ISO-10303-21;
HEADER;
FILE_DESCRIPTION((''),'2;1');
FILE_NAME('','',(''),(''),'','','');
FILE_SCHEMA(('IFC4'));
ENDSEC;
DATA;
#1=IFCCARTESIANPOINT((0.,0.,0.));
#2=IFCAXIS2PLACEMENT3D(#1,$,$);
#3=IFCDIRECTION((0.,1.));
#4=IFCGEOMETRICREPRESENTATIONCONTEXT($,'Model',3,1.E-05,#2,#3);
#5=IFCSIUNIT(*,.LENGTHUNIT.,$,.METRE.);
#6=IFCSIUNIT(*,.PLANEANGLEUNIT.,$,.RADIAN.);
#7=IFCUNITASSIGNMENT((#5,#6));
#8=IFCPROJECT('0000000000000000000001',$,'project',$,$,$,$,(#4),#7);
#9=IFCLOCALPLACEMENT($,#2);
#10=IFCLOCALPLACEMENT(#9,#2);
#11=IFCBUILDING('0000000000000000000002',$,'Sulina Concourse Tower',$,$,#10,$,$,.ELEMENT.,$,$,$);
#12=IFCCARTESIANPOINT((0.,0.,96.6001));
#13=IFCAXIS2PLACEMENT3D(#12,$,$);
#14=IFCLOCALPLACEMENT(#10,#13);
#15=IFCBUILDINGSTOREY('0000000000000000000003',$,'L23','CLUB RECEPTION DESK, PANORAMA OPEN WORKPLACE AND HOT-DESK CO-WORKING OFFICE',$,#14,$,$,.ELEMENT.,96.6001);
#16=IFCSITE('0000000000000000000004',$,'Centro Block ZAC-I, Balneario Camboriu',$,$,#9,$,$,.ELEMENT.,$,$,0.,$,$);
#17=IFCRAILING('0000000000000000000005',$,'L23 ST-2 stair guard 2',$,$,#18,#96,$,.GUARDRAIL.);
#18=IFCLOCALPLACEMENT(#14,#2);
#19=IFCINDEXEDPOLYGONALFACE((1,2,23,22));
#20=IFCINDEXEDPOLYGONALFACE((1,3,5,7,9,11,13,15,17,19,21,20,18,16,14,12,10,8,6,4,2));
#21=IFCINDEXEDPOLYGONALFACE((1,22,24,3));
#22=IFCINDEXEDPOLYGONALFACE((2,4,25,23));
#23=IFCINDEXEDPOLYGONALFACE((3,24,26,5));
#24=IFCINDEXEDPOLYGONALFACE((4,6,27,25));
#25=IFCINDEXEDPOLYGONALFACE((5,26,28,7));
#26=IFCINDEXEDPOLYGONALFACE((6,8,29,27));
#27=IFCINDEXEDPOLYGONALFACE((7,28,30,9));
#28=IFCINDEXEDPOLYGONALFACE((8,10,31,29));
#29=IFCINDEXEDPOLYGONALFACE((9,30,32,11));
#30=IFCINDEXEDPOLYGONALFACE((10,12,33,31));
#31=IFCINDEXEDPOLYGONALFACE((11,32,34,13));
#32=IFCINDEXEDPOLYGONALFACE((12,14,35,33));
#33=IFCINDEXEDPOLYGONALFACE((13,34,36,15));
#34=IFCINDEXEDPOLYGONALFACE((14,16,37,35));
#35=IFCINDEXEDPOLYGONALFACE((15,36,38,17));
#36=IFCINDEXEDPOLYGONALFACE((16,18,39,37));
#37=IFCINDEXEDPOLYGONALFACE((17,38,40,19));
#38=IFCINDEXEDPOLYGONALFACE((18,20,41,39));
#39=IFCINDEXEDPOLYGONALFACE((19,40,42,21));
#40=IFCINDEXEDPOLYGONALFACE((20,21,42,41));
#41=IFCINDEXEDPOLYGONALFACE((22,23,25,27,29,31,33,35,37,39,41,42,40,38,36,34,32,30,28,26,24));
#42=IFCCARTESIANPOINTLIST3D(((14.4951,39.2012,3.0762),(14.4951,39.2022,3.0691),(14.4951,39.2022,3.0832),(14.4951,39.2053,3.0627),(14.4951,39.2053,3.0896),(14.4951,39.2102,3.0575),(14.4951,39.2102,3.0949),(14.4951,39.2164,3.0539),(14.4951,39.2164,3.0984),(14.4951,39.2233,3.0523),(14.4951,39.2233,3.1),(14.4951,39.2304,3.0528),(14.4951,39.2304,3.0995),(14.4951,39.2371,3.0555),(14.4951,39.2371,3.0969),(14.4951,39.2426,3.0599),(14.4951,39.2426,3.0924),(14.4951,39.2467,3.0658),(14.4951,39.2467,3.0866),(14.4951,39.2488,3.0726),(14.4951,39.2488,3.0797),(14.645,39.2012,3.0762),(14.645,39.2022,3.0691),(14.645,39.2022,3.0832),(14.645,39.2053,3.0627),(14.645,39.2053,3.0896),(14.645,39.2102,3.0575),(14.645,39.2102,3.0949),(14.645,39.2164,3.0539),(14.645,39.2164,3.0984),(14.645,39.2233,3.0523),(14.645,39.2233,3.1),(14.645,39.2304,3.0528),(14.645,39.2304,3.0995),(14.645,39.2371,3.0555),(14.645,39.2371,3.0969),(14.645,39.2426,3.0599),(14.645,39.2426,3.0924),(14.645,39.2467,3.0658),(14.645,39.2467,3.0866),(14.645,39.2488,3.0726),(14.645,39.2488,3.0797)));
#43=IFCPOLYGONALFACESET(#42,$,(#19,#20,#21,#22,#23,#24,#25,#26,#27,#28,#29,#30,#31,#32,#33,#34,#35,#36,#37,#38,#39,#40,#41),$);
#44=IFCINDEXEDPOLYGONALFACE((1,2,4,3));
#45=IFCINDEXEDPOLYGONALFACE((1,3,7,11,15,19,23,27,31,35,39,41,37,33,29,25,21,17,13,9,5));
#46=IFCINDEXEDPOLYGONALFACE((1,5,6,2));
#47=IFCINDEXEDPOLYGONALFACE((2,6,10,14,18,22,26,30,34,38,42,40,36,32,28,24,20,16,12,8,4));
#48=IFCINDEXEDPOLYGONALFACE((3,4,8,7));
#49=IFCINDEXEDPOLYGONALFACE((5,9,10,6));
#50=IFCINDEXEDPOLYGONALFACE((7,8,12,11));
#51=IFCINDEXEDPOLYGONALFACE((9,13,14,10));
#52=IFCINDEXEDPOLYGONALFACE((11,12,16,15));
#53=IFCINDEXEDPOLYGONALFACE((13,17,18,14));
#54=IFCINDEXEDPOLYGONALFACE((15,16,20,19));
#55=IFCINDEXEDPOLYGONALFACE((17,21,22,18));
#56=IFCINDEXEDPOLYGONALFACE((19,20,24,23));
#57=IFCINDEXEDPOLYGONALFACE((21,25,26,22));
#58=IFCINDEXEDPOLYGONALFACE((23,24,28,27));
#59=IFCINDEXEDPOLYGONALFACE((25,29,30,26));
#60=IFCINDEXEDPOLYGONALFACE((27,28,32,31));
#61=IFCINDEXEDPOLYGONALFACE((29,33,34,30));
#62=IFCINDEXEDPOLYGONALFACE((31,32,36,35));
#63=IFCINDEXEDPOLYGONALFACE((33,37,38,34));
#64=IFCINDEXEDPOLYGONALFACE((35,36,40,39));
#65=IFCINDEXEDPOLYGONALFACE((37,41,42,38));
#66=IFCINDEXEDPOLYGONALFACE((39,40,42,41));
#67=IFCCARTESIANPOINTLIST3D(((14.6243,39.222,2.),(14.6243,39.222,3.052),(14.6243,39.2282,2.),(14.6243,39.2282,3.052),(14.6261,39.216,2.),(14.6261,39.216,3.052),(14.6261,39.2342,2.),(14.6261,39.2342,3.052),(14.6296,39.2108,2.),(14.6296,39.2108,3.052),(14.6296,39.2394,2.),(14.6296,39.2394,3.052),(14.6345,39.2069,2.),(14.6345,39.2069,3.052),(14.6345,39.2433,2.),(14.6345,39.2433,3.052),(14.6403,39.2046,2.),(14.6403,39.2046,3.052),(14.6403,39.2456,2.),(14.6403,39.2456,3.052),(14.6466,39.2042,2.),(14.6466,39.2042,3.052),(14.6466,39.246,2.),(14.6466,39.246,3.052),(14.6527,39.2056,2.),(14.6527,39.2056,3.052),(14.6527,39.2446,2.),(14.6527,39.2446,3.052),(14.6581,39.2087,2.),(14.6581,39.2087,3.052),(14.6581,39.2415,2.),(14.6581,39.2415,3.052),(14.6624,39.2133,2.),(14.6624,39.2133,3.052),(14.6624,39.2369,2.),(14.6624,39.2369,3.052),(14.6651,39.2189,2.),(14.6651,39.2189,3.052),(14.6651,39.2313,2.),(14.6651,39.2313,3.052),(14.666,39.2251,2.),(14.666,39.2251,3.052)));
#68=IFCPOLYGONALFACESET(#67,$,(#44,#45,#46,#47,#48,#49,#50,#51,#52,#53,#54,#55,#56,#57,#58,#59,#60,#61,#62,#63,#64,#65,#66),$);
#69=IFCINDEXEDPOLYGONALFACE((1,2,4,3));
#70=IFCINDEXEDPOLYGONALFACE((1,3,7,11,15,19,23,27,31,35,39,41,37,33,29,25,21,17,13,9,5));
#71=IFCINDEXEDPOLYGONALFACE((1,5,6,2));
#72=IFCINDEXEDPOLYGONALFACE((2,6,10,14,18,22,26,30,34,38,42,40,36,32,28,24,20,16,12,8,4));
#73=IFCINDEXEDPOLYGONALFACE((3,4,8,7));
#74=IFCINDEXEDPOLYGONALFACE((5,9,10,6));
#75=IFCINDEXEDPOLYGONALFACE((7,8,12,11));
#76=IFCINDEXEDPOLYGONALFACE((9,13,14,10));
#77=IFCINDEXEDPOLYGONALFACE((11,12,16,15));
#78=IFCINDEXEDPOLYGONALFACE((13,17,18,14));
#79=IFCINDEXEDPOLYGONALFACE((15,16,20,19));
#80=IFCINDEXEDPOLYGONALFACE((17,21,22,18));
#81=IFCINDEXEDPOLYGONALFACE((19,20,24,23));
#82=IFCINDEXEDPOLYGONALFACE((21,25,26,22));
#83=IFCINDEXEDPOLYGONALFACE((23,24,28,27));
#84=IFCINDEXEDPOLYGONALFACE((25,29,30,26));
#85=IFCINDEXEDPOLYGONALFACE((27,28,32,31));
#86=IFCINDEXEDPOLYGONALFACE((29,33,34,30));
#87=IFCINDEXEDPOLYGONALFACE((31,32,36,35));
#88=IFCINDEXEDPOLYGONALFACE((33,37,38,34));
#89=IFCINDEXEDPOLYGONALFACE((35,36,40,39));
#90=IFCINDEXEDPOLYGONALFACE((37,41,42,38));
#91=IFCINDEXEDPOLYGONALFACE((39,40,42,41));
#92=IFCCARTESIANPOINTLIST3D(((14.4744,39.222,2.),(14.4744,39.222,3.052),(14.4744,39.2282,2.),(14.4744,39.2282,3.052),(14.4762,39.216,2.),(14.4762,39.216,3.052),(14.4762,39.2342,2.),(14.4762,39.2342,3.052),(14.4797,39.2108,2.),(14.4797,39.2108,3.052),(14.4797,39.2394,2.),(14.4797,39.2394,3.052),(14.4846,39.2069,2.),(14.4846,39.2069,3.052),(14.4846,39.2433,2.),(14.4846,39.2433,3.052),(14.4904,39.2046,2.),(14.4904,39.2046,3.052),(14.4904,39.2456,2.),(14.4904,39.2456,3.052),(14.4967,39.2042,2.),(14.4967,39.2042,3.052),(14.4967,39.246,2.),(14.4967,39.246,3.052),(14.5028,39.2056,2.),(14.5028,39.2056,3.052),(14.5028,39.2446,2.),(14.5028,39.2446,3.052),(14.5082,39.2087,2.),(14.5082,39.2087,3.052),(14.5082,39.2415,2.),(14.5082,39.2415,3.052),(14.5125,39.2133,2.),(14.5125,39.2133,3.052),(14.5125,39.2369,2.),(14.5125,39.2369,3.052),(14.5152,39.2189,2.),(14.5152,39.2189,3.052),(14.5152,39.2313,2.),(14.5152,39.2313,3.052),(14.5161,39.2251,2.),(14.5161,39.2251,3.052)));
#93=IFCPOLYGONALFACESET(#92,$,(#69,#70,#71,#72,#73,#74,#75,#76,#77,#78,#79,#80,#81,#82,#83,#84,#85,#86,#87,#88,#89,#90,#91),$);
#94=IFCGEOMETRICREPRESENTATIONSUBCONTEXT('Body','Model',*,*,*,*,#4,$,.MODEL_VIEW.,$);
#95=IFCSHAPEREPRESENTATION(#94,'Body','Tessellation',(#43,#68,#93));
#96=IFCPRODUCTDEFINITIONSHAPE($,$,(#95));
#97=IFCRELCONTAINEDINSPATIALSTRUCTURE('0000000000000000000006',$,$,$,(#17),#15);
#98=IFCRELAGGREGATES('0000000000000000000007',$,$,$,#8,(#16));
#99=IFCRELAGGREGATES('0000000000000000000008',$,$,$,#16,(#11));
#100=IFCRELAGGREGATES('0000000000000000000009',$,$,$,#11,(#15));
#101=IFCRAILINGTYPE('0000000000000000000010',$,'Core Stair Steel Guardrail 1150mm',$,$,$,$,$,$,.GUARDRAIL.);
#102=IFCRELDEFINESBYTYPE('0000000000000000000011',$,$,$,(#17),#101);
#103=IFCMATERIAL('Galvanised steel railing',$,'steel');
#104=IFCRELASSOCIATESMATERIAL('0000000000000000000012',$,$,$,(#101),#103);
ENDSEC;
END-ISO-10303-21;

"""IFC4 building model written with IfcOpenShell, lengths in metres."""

from ifc_helpers import new_model, si_unit, direction, frame, origin, origin_2d, place, context, subcontext, project, spatial, circle, extrude, material, type_object, element, save


model = new_model("IFC4")

# Units and contexts
model_context = context("Model", 3, precision=1e-05, world=origin(), true_north=direction((0.0, 1.0)))
body_context = subcontext(model_context, "Body", "Model", "MODEL_VIEW")
ifc_project = project(units=[si_unit("LENGTHUNIT", "METRE"), si_unit("PLANEANGLEUNIT", "RADIAN")], contexts=[model_context])

# Site, building, storey
site_placement = place(None, origin())
site = spatial("IfcSite", under=ifc_project, at=site_placement, Name="Centro Block ZAC-I, Balneario Camboriu", CompositionType="ELEMENT", RefElevation=0.0)
building_placement = place(site_placement, origin())
building = spatial("IfcBuilding", under=site, at=building_placement, Name="Sulina Concourse Tower", CompositionType="ELEMENT")
storey_placement = place(building_placement, frame((0.0, 0.0, 96.6001)))
storey = spatial("IfcBuildingStorey", under=building, at=storey_placement, Name="L23", Description="CLUB RECEPTION DESK, PANORAMA OPEN WORKPLACE AND HOT-DESK CO-WORKING OFFICE", CompositionType="ELEMENT", Elevation=96.6001)

# Railing
ifc_material_1 = material(Name="Galvanised steel railing", Category="steel")
railing_type_1 = type_object("IfcRailingType", Name="Core Stair Steel Guardrail 1150mm", PredefinedType="GUARDRAIL", material=ifc_material_1)
railing_1_placement = place(storey_placement, frame((14.645, 39.2251, 2.0)))
element("IfcRailing", 1, at=railing_1_placement, inside=storey, type_object=railing_type_1, Name="L23 ST-2 stair guard 2", PredefinedType="GUARDRAIL", context=body_context, shape_type="SweptSolid", body=[
    extrude(circle(Radius=0.0239, at=origin_2d()), frame((0.0, 0.0, 1.0762), z_axis=(-1.0, 0.0, 0.0), x_axis=(0.0, -1.0, 0.0)), (0.0, 0.0, 1.0), 0.1499),
    extrude(circle(Radius=0.021, at=origin_2d()), origin(), (0.0, 0.0, 1.0), 1.052),
    extrude(circle(Radius=0.021, at=origin_2d()), frame((-0.1499, 0.0, 0.0)), (0.0, 0.0, 1.0), 1.052),
])

save(model, "model.ifc")
